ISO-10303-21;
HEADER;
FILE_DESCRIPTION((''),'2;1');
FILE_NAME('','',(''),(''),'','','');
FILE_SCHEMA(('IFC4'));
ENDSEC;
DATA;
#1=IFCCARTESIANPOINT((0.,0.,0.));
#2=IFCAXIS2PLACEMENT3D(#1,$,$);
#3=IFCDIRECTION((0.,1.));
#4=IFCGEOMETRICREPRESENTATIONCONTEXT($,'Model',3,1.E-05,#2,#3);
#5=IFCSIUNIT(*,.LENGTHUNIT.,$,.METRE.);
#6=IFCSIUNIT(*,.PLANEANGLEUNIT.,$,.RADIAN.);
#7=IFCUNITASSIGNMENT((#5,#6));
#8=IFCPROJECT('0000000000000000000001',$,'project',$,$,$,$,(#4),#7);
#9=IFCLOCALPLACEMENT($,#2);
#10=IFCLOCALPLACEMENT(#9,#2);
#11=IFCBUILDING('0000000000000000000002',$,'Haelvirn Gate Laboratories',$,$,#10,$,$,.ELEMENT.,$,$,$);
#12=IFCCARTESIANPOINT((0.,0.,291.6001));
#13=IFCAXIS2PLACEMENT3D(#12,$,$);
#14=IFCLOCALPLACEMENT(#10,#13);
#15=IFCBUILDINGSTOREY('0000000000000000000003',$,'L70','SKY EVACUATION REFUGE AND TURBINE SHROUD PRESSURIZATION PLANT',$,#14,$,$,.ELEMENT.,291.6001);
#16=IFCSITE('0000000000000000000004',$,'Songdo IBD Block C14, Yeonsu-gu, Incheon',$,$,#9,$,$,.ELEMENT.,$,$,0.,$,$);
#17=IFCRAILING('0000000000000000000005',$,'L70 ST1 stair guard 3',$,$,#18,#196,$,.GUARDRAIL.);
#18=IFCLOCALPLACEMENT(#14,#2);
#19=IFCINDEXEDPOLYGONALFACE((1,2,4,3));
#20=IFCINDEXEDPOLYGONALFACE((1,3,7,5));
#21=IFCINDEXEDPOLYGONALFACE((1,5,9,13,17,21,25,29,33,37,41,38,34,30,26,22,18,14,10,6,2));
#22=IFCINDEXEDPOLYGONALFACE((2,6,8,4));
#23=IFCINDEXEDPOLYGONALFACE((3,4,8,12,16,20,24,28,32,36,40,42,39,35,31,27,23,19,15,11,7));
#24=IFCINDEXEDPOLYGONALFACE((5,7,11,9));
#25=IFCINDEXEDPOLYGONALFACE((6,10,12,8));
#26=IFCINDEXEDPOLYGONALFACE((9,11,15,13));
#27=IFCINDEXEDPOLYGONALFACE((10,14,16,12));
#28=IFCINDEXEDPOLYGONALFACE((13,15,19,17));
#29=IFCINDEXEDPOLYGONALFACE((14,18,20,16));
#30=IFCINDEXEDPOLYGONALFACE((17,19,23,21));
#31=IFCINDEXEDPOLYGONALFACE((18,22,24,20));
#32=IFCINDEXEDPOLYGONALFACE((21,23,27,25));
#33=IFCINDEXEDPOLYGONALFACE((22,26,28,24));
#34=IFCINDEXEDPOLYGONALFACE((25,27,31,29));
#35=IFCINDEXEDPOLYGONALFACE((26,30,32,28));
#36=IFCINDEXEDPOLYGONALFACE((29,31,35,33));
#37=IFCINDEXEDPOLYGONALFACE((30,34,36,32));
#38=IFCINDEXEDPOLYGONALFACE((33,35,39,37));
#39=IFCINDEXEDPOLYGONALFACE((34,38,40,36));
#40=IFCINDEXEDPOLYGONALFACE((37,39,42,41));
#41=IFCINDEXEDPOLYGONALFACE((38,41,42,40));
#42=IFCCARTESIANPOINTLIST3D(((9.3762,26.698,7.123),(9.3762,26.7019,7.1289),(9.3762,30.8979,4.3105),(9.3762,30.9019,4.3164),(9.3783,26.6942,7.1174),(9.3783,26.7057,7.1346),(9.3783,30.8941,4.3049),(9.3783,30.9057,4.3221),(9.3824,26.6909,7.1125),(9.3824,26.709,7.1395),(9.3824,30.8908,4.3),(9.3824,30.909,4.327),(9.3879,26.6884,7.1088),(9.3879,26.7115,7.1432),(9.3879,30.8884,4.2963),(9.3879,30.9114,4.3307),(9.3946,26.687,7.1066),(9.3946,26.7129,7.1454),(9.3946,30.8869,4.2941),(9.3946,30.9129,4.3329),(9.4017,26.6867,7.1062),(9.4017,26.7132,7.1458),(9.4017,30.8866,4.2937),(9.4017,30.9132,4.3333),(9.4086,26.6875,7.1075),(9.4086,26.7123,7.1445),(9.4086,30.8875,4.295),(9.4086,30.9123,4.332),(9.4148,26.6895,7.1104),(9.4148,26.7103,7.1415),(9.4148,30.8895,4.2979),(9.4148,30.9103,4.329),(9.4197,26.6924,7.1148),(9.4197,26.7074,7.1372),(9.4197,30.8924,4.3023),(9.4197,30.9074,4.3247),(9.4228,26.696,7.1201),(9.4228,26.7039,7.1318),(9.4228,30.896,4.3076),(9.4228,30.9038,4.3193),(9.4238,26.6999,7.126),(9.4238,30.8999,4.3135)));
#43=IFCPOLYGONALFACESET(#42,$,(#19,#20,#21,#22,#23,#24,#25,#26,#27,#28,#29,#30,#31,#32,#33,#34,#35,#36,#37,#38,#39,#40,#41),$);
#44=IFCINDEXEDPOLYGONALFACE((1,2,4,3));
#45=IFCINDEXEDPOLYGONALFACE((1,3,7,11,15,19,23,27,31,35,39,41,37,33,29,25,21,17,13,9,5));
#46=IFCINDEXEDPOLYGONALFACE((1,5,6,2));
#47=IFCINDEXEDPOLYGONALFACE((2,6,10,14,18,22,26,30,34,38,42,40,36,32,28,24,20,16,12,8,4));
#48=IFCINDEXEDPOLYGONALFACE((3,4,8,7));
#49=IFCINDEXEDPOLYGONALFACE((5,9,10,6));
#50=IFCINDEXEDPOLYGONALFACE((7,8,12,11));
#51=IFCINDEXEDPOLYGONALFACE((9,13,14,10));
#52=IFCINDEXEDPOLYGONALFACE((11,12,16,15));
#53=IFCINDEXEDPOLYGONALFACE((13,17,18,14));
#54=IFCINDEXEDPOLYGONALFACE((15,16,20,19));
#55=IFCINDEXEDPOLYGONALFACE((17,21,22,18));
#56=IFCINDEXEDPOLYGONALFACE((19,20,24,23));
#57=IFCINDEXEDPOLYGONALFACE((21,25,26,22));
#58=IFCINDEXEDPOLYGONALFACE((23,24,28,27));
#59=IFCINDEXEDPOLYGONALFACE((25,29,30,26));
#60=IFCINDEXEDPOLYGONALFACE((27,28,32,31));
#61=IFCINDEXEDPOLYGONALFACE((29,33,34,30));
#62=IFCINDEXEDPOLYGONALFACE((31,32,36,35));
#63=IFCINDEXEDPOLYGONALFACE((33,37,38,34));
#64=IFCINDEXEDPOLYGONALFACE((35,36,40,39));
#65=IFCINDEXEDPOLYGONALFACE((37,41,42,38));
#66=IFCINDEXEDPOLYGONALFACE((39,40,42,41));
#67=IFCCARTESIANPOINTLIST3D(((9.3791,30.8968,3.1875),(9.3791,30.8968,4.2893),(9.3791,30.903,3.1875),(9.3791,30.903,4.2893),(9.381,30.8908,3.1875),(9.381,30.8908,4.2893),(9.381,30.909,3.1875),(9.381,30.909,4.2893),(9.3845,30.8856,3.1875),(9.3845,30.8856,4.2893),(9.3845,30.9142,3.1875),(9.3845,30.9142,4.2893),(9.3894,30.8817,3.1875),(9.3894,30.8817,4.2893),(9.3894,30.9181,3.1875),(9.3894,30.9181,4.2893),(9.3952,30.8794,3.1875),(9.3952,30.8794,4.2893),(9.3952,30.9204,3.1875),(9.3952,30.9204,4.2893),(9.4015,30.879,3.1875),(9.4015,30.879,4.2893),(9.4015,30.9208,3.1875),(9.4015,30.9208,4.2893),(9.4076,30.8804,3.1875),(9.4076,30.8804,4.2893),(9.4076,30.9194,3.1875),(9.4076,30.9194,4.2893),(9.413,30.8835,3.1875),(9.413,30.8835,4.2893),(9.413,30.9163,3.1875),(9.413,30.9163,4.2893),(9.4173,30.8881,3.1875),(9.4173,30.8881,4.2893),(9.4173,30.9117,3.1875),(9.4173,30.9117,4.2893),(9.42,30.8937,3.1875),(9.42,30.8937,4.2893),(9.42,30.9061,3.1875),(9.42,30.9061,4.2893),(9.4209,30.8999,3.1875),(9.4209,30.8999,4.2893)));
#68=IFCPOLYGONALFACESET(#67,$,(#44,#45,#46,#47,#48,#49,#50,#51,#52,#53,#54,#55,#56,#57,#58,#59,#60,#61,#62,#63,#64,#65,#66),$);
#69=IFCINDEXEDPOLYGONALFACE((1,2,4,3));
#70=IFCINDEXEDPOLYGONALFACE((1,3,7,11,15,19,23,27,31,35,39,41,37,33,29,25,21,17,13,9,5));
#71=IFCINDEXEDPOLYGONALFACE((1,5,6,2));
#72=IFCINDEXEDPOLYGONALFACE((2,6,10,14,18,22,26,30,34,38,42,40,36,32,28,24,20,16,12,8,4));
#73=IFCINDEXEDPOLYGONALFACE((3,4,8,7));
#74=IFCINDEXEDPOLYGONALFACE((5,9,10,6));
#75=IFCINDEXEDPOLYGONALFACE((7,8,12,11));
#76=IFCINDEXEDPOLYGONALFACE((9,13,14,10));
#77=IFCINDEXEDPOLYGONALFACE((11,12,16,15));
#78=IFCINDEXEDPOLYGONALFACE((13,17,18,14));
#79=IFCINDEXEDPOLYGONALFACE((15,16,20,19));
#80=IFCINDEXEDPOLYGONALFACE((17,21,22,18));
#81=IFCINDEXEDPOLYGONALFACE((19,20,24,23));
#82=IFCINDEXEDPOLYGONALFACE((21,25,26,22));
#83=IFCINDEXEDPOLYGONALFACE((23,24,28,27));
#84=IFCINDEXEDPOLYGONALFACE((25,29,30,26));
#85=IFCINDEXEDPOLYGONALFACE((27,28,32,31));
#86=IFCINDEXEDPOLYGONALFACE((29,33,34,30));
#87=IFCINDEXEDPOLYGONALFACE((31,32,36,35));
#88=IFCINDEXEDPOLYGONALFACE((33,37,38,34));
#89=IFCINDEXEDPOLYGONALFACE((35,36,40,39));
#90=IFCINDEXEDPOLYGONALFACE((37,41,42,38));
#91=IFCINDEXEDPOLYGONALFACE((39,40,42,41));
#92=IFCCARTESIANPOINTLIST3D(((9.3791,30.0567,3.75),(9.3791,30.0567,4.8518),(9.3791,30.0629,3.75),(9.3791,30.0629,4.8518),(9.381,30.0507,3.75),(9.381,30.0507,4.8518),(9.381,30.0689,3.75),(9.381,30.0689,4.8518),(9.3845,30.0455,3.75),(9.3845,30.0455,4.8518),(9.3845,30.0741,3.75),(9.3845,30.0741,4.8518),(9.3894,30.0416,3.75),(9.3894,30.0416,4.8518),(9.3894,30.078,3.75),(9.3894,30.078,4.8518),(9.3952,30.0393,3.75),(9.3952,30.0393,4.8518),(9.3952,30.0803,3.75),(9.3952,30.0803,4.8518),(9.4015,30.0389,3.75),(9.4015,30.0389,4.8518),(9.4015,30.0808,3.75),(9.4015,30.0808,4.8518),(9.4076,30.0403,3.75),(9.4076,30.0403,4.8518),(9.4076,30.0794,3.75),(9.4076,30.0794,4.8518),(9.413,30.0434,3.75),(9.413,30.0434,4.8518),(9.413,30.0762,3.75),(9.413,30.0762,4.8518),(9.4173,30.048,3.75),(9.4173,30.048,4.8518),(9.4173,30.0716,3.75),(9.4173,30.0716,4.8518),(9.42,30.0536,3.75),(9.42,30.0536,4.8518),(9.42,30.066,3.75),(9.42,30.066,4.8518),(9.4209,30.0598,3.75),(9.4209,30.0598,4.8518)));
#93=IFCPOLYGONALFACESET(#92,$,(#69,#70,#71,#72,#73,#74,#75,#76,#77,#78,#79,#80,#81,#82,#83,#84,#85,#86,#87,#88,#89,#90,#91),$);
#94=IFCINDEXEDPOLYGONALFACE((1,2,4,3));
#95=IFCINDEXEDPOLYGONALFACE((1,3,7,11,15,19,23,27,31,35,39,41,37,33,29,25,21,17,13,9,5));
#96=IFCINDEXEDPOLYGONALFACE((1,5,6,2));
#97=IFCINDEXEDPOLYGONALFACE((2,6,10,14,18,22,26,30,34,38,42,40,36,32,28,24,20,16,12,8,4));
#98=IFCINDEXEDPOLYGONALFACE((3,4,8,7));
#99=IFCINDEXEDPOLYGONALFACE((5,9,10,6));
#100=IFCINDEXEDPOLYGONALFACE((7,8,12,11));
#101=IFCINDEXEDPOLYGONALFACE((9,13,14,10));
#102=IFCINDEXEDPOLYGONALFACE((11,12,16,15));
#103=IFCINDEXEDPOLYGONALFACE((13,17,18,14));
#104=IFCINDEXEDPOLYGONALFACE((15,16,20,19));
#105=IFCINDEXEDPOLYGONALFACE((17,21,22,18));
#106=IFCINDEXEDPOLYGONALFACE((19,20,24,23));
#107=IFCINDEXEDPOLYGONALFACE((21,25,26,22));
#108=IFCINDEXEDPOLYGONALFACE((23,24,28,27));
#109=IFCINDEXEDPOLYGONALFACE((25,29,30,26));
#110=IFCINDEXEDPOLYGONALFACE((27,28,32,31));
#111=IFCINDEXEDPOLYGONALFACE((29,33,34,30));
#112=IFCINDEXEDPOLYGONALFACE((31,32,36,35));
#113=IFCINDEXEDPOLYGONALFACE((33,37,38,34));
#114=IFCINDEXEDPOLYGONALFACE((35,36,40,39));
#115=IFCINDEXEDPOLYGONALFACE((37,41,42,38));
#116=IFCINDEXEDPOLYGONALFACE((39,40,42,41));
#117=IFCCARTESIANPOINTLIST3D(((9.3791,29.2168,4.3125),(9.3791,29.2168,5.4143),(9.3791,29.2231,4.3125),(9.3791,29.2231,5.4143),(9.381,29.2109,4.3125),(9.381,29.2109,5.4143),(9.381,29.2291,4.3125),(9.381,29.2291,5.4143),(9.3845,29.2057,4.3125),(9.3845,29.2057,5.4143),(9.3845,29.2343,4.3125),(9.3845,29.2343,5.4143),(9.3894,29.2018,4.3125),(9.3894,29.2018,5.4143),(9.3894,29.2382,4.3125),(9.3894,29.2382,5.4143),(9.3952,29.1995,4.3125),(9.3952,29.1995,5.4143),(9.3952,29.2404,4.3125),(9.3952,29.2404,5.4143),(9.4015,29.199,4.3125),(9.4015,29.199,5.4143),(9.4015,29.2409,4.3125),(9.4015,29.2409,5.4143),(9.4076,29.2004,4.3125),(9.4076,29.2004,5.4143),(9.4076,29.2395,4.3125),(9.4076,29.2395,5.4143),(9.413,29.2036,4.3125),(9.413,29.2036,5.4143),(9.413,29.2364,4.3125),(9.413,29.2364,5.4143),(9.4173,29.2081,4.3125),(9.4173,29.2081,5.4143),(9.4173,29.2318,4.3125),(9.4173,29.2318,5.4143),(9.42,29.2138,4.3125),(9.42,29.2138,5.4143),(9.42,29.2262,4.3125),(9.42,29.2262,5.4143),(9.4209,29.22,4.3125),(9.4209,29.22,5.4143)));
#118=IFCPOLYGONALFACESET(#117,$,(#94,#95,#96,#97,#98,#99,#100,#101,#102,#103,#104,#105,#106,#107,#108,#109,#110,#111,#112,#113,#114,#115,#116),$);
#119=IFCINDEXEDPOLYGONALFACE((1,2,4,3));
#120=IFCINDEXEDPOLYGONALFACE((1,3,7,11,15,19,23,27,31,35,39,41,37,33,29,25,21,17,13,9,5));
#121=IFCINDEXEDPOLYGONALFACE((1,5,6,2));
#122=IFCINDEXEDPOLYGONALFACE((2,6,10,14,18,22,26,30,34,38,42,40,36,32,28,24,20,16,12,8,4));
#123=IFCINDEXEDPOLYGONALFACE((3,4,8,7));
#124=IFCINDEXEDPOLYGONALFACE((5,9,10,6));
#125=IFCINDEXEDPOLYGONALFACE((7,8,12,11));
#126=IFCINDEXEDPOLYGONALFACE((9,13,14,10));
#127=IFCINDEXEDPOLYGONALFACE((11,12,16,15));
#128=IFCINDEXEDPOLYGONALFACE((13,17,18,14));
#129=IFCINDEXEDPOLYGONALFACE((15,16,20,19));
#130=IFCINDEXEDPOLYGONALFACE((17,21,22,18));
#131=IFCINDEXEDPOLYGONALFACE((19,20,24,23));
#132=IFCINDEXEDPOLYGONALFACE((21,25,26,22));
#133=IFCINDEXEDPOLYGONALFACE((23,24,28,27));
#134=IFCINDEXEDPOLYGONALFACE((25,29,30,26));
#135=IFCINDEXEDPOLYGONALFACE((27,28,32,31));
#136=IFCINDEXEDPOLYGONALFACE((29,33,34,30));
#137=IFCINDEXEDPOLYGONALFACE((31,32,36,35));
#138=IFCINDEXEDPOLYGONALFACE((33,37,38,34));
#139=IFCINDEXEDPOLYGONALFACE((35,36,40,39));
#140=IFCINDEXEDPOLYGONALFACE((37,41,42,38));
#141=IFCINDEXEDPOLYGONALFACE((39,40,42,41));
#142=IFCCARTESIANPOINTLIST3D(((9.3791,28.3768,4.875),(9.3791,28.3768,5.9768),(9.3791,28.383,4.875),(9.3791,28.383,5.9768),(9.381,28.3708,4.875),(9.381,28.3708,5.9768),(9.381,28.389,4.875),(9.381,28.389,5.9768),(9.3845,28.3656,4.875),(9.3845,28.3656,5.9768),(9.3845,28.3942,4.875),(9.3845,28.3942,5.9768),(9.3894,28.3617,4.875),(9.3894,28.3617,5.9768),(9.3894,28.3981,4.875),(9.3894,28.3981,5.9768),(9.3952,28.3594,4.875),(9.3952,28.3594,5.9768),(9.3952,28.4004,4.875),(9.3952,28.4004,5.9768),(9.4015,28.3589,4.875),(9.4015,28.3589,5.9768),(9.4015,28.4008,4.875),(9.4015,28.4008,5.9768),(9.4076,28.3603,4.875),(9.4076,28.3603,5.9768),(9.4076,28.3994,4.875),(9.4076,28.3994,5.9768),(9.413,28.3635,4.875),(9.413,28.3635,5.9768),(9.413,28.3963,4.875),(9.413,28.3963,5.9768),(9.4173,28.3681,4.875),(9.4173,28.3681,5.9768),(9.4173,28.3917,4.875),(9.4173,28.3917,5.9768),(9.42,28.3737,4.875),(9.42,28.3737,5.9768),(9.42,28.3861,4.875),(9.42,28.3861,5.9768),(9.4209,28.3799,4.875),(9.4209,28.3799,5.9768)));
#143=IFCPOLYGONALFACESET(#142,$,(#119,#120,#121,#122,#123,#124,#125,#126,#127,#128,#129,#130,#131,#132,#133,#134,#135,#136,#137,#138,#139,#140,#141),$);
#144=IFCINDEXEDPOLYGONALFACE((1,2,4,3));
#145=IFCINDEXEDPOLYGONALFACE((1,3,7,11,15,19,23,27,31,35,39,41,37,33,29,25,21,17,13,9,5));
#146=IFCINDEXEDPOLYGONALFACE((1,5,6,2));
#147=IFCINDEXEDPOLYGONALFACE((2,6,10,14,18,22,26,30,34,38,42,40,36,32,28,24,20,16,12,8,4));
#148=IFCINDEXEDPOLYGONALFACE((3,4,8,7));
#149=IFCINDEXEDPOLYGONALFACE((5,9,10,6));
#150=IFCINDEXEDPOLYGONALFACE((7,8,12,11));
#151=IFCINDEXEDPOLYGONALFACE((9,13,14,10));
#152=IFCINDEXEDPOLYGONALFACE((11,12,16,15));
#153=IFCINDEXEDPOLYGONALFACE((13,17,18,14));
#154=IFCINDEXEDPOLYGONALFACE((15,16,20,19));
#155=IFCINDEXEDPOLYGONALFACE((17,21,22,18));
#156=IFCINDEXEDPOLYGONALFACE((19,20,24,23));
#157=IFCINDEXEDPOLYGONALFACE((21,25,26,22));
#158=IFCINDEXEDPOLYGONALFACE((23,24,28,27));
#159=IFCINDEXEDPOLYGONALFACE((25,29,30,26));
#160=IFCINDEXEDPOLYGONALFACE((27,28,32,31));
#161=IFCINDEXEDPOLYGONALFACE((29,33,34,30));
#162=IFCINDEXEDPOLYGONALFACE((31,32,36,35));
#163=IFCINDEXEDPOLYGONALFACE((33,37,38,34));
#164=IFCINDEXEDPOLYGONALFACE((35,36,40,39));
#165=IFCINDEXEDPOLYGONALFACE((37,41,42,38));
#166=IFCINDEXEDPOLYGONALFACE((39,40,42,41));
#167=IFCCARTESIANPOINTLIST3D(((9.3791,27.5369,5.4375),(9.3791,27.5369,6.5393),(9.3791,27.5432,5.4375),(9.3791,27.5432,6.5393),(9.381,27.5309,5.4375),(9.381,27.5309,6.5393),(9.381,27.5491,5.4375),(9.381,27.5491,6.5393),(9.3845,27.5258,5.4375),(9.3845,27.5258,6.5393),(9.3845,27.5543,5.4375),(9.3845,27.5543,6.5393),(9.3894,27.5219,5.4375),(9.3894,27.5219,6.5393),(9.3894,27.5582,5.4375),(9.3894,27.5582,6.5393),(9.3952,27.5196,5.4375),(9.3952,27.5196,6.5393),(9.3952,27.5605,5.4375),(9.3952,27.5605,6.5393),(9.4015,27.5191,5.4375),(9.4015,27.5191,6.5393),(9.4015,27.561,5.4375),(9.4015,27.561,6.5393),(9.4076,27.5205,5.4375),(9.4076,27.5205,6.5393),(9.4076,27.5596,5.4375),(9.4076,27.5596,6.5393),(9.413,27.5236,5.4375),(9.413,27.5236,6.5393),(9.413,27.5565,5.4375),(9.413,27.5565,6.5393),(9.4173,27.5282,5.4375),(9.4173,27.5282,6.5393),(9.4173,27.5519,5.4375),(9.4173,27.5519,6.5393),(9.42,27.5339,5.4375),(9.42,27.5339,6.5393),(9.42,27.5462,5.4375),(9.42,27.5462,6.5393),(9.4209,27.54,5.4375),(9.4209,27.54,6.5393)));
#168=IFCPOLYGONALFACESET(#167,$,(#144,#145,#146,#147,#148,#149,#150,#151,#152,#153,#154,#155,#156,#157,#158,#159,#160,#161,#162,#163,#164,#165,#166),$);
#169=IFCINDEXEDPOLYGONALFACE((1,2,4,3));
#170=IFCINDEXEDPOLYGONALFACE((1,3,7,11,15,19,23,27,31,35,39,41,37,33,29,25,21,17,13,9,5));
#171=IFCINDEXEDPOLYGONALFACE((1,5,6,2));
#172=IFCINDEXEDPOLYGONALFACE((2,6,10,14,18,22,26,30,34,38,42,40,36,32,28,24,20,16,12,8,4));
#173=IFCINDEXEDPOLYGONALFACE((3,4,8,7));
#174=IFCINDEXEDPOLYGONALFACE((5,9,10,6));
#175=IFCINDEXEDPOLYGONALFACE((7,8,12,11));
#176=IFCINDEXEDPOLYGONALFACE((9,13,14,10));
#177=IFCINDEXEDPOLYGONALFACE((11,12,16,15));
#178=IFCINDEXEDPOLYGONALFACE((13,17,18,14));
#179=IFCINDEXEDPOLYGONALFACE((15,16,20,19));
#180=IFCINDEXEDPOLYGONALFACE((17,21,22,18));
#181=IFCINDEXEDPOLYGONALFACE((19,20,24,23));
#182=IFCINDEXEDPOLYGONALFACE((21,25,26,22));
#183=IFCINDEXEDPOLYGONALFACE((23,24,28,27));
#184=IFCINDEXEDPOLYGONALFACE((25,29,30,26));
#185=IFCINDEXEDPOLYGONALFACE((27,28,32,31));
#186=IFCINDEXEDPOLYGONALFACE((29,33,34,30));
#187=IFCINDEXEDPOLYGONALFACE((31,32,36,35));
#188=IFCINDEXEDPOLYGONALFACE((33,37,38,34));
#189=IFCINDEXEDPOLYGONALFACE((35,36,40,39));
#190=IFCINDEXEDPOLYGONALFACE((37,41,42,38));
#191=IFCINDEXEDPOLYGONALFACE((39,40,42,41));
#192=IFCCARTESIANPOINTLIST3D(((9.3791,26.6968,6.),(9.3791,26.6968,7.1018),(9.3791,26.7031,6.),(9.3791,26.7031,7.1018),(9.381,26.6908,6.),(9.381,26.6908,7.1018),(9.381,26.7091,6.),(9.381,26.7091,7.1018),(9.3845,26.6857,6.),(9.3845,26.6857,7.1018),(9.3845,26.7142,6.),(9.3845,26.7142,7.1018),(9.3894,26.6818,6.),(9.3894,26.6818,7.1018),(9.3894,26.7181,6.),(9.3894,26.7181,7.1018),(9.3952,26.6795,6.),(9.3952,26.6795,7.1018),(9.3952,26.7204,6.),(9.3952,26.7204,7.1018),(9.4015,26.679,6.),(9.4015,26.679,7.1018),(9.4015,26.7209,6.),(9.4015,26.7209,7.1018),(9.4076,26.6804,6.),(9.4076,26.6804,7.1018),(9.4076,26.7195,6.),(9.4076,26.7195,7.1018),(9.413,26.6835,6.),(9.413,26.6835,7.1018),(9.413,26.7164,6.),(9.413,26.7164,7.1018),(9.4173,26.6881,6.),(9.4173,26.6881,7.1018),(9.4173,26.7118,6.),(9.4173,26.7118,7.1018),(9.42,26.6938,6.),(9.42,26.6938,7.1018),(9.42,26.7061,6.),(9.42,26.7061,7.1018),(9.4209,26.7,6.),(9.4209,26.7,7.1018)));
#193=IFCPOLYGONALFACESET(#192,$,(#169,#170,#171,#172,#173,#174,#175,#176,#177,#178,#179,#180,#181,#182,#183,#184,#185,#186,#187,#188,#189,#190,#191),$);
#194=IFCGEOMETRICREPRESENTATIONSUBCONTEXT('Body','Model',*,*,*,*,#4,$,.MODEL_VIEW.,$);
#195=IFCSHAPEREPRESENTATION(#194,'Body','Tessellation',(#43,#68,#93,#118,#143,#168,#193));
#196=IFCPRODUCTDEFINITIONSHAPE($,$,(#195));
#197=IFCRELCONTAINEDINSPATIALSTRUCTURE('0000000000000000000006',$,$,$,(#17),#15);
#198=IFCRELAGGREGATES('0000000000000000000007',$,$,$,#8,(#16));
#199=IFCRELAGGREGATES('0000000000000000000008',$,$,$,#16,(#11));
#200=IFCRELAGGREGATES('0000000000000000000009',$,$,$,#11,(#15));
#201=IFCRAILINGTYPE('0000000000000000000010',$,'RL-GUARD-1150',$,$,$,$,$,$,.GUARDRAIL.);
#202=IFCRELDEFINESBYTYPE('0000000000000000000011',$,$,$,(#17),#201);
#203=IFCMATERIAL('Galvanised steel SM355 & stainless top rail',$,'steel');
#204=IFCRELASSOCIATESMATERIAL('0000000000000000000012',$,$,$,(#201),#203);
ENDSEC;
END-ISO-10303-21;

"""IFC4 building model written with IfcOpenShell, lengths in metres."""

from ifc_helpers import new_model, si_unit, direction, frame, origin, origin_2d, place, context, subcontext, project, spatial, circle, extrude, source, transform, mapped, material, type_object, element, save


model = new_model("IFC4")

# Units and contexts
model_context = context("Model", 3, precision=1e-05, world=origin(), true_north=direction((0.0, 1.0)))
body_context = subcontext(model_context, "Body", "Model", "MODEL_VIEW")
ifc_project = project(units=[si_unit("LENGTHUNIT", "METRE"), si_unit("PLANEANGLEUNIT", "RADIAN")], contexts=[model_context])

# Site, building, storey
site_placement = place(None, origin())
site = spatial("IfcSite", under=ifc_project, at=site_placement, Name="Songdo IBD Block C14, Yeonsu-gu, Incheon", CompositionType="ELEMENT", RefElevation=0.0)
building_placement = place(site_placement, origin())
building = spatial("IfcBuilding", under=site, at=building_placement, Name="Haelvirn Gate Laboratories", CompositionType="ELEMENT")
storey_placement = place(building_placement, frame((0.0, 0.0, 291.6001)))
storey = spatial("IfcBuildingStorey", under=building, at=storey_placement, Name="L70", Description="SKY EVACUATION REFUGE AND TURBINE SHROUD PRESSURIZATION PLANT", CompositionType="ELEMENT", Elevation=291.6001)

# Railing
ifc_material_1 = material(Name="Galvanised steel SM355 & stainless top rail", Category="steel")
railing_type_1 = type_object("IfcRailingType", Name="RL-GUARD-1150", PredefinedType="GUARDRAIL", material=ifc_material_1)
shared_shape_1 = source(origin(), body_context, "Body", "SweptSolid", [
    extrude(circle(Radius=0.0239, at=origin_2d()), frame((0.0, 0.0, 1.126), z_axis=(0.0, -0.830904, 0.556416), x_axis=(1.0, 0.0, 0.0)), (0.0, 0.0, 1.0), 5.0547),
    extrude(circle(Radius=0.021, at=origin_2d()), origin(), (0.0, 0.0, 1.0), 1.1018),
    extrude(circle(Radius=0.021, at=origin_2d()), frame((0.0, -0.8401, 0.5625)), (0.0, 0.0, 1.0), 1.1018),
    extrude(circle(Radius=0.021, at=origin_2d()), frame((0.0, -1.6799, 1.125)), (0.0, 0.0, 1.0), 1.1018),
    extrude(circle(Radius=0.021, at=origin_2d()), frame((0.0, -2.52, 1.6875)), (0.0, 0.0, 1.0), 1.1018),
    extrude(circle(Radius=0.021, at=origin_2d()), frame((0.0, -3.3599, 2.25)), (0.0, 0.0, 1.0), 1.1018),
    extrude(circle(Radius=0.021, at=origin_2d()), frame((0.0, -4.2, 2.8125)), (0.0, 0.0, 1.0), 1.1018),
])
railing_1_placement = place(storey_placement, frame((9.3999, 30.8999, 3.1875)))
element("IfcRailing", 1, at=railing_1_placement, inside=storey, type_object=railing_type_1, Name="L70 ST1 stair guard 3", PredefinedType="GUARDRAIL", context=body_context, shape_type="MappedRepresentation", body=[
    mapped(shared_shape_1, transform((0.0, 0.0, 0.0), scale=1.0)),
])

save(model, "model.ifc")
